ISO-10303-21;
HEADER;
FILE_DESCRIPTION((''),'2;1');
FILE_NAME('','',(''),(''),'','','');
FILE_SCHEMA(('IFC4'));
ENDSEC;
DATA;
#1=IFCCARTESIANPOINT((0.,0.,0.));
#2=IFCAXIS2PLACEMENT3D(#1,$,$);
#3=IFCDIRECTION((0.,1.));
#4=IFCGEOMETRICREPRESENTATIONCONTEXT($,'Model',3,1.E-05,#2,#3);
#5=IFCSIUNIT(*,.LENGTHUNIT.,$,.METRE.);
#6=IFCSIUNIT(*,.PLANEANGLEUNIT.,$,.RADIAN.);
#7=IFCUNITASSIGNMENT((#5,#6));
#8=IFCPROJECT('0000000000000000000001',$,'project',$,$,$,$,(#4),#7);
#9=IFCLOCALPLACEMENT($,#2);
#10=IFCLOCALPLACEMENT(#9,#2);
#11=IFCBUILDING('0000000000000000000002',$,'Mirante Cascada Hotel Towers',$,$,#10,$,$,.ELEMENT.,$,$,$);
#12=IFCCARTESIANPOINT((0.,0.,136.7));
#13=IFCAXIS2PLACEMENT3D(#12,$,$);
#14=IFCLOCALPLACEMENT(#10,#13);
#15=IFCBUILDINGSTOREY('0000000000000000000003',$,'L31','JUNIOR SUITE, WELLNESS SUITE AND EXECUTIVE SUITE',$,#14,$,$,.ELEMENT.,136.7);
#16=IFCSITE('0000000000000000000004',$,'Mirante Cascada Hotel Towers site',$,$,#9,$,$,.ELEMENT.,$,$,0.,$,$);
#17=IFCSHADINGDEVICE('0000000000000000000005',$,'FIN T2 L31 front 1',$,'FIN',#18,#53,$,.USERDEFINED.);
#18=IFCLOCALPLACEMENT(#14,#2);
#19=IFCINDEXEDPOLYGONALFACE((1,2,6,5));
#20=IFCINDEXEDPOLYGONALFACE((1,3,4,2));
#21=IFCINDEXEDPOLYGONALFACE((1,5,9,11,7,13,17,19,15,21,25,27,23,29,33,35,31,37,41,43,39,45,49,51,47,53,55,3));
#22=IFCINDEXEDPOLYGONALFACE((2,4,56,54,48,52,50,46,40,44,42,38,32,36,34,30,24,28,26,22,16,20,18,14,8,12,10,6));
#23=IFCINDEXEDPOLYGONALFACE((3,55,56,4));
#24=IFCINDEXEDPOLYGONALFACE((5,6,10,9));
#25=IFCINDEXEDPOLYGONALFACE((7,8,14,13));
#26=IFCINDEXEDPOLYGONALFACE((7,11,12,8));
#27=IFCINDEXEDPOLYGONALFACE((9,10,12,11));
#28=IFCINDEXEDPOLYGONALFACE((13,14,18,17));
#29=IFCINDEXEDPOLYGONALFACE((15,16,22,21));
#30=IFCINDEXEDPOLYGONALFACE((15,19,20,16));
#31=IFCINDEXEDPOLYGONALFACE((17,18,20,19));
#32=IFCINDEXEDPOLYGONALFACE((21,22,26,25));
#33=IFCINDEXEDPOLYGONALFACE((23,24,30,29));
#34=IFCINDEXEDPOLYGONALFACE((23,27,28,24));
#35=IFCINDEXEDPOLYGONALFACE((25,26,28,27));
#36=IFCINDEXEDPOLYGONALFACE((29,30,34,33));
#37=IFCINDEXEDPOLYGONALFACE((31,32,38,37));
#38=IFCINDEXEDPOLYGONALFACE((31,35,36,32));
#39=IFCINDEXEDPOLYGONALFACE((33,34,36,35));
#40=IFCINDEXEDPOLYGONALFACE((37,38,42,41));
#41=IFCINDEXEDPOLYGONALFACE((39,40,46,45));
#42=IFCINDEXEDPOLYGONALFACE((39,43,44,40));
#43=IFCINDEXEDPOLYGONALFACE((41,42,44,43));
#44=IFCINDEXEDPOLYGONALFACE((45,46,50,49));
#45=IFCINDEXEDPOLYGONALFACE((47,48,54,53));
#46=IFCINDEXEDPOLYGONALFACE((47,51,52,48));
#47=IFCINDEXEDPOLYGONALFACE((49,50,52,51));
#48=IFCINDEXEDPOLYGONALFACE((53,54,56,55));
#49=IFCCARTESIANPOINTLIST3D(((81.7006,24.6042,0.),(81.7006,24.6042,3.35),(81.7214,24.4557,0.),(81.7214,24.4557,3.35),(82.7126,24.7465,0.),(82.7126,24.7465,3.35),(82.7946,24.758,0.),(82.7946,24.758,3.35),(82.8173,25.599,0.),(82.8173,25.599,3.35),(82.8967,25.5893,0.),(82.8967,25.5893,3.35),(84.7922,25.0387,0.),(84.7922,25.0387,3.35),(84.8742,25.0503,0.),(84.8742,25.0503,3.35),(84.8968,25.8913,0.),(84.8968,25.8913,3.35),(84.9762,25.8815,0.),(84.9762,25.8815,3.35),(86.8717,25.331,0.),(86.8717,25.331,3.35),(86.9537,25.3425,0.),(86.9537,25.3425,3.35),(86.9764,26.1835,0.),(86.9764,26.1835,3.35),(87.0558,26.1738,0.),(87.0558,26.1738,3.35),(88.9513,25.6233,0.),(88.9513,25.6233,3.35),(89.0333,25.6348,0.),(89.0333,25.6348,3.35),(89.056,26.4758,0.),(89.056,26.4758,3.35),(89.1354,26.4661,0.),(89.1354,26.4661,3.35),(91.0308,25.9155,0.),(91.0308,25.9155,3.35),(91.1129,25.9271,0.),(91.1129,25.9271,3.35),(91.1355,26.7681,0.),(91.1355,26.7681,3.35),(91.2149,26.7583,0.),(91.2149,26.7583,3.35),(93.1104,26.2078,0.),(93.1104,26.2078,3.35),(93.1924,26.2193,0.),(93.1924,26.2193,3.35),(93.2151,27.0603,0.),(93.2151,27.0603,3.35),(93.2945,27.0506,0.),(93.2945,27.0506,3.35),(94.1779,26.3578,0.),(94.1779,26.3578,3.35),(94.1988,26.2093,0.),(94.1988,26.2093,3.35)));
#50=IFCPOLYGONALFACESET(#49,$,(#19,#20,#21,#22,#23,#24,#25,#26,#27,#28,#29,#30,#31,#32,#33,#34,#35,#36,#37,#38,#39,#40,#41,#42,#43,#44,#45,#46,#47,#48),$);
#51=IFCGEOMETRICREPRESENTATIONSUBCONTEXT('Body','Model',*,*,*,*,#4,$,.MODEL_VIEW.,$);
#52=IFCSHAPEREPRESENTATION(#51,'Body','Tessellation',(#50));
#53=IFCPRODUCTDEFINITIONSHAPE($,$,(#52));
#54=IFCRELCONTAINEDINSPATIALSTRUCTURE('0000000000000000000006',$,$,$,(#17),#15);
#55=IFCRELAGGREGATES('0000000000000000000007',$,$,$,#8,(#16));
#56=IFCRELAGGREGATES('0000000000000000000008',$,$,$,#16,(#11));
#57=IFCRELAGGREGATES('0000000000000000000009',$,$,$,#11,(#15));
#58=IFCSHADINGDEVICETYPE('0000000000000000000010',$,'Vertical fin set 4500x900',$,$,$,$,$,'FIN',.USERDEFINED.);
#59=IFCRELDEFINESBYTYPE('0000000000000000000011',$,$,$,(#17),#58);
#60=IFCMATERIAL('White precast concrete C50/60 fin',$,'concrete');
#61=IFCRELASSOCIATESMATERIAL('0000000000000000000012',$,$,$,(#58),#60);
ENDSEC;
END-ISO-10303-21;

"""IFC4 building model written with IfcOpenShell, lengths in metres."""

from ifc_helpers import new_model, si_unit, direction, frame, origin, place, context, subcontext, project, spatial, polyline, outline, extrude, material, type_object, element, save


model = new_model("IFC4")

# Units and contexts
model_context = context("Model", 3, precision=1e-05, world=origin(), true_north=direction((0.0, 1.0)))
body_context = subcontext(model_context, "Body", "Model", "MODEL_VIEW")
ifc_project = project(units=[si_unit("LENGTHUNIT", "METRE"), si_unit("PLANEANGLEUNIT", "RADIAN")], contexts=[model_context])

# Site, building, storey
site_placement = place(None, origin())
site = spatial("IfcSite", under=ifc_project, at=site_placement, Name="Mirante Cascada Hotel Towers site", CompositionType="ELEMENT", RefElevation=0.0)
building_placement = place(site_placement, origin())
building = spatial("IfcBuilding", under=site, at=building_placement, Name="Mirante Cascada Hotel Towers", CompositionType="ELEMENT")
storey_placement = place(building_placement, frame((0.0, 0.0, 136.7)))
storey = spatial("IfcBuildingStorey", under=building, at=storey_placement, Name="L31", Description="JUNIOR SUITE, WELLNESS SUITE AND EXECUTIVE SUITE", CompositionType="ELEMENT", Elevation=136.7)

# Shading device
ifc_material_1 = material(Name="White precast concrete C50/60 fin", Category="concrete")
shading_device_type = type_object("IfcShadingDeviceType", Name="Vertical fin set 4500x900", ElementType="FIN", PredefinedType="USERDEFINED", material=ifc_material_1)
shading_device_1_placement = place(storey_placement, origin())
element("IfcShadingDevice", 1, at=shading_device_1_placement, inside=storey, type_object=shading_device_type, Name="FIN T2 L31 front 1", ObjectType="FIN", PredefinedType="USERDEFINED", context=body_context, shape_type="SweptSolid", body=[
    extrude(outline(polyline([(82.8967, 25.5893), (82.7946, 24.758), (84.7922, 25.0387), (84.8968, 25.8913), (84.9762, 25.8815), (84.8742, 25.0503), (86.8717, 25.331), (86.9764, 26.1835), (87.0558, 26.1738), (86.9537, 25.3425), (88.9513, 25.6233), (89.056, 26.4758), (89.1354, 26.4661), (89.0333, 25.6348), (91.0308, 25.9155), (91.1355, 26.7681), (91.2149, 26.7583), (91.1129, 25.9271), (93.1104, 26.2078), (93.2151, 27.0603), (93.2945, 27.0506), (93.1924, 26.2193), (94.1779, 26.3578), (94.1988, 26.2093), (81.7214, 24.4557), (81.7006, 24.6042), (82.7126, 24.7465), (82.8173, 25.599), (82.8967, 25.5893)])), origin(), (0.0, 0.0, 1.0), 3.35),
])

save(model, "model.ifc")
